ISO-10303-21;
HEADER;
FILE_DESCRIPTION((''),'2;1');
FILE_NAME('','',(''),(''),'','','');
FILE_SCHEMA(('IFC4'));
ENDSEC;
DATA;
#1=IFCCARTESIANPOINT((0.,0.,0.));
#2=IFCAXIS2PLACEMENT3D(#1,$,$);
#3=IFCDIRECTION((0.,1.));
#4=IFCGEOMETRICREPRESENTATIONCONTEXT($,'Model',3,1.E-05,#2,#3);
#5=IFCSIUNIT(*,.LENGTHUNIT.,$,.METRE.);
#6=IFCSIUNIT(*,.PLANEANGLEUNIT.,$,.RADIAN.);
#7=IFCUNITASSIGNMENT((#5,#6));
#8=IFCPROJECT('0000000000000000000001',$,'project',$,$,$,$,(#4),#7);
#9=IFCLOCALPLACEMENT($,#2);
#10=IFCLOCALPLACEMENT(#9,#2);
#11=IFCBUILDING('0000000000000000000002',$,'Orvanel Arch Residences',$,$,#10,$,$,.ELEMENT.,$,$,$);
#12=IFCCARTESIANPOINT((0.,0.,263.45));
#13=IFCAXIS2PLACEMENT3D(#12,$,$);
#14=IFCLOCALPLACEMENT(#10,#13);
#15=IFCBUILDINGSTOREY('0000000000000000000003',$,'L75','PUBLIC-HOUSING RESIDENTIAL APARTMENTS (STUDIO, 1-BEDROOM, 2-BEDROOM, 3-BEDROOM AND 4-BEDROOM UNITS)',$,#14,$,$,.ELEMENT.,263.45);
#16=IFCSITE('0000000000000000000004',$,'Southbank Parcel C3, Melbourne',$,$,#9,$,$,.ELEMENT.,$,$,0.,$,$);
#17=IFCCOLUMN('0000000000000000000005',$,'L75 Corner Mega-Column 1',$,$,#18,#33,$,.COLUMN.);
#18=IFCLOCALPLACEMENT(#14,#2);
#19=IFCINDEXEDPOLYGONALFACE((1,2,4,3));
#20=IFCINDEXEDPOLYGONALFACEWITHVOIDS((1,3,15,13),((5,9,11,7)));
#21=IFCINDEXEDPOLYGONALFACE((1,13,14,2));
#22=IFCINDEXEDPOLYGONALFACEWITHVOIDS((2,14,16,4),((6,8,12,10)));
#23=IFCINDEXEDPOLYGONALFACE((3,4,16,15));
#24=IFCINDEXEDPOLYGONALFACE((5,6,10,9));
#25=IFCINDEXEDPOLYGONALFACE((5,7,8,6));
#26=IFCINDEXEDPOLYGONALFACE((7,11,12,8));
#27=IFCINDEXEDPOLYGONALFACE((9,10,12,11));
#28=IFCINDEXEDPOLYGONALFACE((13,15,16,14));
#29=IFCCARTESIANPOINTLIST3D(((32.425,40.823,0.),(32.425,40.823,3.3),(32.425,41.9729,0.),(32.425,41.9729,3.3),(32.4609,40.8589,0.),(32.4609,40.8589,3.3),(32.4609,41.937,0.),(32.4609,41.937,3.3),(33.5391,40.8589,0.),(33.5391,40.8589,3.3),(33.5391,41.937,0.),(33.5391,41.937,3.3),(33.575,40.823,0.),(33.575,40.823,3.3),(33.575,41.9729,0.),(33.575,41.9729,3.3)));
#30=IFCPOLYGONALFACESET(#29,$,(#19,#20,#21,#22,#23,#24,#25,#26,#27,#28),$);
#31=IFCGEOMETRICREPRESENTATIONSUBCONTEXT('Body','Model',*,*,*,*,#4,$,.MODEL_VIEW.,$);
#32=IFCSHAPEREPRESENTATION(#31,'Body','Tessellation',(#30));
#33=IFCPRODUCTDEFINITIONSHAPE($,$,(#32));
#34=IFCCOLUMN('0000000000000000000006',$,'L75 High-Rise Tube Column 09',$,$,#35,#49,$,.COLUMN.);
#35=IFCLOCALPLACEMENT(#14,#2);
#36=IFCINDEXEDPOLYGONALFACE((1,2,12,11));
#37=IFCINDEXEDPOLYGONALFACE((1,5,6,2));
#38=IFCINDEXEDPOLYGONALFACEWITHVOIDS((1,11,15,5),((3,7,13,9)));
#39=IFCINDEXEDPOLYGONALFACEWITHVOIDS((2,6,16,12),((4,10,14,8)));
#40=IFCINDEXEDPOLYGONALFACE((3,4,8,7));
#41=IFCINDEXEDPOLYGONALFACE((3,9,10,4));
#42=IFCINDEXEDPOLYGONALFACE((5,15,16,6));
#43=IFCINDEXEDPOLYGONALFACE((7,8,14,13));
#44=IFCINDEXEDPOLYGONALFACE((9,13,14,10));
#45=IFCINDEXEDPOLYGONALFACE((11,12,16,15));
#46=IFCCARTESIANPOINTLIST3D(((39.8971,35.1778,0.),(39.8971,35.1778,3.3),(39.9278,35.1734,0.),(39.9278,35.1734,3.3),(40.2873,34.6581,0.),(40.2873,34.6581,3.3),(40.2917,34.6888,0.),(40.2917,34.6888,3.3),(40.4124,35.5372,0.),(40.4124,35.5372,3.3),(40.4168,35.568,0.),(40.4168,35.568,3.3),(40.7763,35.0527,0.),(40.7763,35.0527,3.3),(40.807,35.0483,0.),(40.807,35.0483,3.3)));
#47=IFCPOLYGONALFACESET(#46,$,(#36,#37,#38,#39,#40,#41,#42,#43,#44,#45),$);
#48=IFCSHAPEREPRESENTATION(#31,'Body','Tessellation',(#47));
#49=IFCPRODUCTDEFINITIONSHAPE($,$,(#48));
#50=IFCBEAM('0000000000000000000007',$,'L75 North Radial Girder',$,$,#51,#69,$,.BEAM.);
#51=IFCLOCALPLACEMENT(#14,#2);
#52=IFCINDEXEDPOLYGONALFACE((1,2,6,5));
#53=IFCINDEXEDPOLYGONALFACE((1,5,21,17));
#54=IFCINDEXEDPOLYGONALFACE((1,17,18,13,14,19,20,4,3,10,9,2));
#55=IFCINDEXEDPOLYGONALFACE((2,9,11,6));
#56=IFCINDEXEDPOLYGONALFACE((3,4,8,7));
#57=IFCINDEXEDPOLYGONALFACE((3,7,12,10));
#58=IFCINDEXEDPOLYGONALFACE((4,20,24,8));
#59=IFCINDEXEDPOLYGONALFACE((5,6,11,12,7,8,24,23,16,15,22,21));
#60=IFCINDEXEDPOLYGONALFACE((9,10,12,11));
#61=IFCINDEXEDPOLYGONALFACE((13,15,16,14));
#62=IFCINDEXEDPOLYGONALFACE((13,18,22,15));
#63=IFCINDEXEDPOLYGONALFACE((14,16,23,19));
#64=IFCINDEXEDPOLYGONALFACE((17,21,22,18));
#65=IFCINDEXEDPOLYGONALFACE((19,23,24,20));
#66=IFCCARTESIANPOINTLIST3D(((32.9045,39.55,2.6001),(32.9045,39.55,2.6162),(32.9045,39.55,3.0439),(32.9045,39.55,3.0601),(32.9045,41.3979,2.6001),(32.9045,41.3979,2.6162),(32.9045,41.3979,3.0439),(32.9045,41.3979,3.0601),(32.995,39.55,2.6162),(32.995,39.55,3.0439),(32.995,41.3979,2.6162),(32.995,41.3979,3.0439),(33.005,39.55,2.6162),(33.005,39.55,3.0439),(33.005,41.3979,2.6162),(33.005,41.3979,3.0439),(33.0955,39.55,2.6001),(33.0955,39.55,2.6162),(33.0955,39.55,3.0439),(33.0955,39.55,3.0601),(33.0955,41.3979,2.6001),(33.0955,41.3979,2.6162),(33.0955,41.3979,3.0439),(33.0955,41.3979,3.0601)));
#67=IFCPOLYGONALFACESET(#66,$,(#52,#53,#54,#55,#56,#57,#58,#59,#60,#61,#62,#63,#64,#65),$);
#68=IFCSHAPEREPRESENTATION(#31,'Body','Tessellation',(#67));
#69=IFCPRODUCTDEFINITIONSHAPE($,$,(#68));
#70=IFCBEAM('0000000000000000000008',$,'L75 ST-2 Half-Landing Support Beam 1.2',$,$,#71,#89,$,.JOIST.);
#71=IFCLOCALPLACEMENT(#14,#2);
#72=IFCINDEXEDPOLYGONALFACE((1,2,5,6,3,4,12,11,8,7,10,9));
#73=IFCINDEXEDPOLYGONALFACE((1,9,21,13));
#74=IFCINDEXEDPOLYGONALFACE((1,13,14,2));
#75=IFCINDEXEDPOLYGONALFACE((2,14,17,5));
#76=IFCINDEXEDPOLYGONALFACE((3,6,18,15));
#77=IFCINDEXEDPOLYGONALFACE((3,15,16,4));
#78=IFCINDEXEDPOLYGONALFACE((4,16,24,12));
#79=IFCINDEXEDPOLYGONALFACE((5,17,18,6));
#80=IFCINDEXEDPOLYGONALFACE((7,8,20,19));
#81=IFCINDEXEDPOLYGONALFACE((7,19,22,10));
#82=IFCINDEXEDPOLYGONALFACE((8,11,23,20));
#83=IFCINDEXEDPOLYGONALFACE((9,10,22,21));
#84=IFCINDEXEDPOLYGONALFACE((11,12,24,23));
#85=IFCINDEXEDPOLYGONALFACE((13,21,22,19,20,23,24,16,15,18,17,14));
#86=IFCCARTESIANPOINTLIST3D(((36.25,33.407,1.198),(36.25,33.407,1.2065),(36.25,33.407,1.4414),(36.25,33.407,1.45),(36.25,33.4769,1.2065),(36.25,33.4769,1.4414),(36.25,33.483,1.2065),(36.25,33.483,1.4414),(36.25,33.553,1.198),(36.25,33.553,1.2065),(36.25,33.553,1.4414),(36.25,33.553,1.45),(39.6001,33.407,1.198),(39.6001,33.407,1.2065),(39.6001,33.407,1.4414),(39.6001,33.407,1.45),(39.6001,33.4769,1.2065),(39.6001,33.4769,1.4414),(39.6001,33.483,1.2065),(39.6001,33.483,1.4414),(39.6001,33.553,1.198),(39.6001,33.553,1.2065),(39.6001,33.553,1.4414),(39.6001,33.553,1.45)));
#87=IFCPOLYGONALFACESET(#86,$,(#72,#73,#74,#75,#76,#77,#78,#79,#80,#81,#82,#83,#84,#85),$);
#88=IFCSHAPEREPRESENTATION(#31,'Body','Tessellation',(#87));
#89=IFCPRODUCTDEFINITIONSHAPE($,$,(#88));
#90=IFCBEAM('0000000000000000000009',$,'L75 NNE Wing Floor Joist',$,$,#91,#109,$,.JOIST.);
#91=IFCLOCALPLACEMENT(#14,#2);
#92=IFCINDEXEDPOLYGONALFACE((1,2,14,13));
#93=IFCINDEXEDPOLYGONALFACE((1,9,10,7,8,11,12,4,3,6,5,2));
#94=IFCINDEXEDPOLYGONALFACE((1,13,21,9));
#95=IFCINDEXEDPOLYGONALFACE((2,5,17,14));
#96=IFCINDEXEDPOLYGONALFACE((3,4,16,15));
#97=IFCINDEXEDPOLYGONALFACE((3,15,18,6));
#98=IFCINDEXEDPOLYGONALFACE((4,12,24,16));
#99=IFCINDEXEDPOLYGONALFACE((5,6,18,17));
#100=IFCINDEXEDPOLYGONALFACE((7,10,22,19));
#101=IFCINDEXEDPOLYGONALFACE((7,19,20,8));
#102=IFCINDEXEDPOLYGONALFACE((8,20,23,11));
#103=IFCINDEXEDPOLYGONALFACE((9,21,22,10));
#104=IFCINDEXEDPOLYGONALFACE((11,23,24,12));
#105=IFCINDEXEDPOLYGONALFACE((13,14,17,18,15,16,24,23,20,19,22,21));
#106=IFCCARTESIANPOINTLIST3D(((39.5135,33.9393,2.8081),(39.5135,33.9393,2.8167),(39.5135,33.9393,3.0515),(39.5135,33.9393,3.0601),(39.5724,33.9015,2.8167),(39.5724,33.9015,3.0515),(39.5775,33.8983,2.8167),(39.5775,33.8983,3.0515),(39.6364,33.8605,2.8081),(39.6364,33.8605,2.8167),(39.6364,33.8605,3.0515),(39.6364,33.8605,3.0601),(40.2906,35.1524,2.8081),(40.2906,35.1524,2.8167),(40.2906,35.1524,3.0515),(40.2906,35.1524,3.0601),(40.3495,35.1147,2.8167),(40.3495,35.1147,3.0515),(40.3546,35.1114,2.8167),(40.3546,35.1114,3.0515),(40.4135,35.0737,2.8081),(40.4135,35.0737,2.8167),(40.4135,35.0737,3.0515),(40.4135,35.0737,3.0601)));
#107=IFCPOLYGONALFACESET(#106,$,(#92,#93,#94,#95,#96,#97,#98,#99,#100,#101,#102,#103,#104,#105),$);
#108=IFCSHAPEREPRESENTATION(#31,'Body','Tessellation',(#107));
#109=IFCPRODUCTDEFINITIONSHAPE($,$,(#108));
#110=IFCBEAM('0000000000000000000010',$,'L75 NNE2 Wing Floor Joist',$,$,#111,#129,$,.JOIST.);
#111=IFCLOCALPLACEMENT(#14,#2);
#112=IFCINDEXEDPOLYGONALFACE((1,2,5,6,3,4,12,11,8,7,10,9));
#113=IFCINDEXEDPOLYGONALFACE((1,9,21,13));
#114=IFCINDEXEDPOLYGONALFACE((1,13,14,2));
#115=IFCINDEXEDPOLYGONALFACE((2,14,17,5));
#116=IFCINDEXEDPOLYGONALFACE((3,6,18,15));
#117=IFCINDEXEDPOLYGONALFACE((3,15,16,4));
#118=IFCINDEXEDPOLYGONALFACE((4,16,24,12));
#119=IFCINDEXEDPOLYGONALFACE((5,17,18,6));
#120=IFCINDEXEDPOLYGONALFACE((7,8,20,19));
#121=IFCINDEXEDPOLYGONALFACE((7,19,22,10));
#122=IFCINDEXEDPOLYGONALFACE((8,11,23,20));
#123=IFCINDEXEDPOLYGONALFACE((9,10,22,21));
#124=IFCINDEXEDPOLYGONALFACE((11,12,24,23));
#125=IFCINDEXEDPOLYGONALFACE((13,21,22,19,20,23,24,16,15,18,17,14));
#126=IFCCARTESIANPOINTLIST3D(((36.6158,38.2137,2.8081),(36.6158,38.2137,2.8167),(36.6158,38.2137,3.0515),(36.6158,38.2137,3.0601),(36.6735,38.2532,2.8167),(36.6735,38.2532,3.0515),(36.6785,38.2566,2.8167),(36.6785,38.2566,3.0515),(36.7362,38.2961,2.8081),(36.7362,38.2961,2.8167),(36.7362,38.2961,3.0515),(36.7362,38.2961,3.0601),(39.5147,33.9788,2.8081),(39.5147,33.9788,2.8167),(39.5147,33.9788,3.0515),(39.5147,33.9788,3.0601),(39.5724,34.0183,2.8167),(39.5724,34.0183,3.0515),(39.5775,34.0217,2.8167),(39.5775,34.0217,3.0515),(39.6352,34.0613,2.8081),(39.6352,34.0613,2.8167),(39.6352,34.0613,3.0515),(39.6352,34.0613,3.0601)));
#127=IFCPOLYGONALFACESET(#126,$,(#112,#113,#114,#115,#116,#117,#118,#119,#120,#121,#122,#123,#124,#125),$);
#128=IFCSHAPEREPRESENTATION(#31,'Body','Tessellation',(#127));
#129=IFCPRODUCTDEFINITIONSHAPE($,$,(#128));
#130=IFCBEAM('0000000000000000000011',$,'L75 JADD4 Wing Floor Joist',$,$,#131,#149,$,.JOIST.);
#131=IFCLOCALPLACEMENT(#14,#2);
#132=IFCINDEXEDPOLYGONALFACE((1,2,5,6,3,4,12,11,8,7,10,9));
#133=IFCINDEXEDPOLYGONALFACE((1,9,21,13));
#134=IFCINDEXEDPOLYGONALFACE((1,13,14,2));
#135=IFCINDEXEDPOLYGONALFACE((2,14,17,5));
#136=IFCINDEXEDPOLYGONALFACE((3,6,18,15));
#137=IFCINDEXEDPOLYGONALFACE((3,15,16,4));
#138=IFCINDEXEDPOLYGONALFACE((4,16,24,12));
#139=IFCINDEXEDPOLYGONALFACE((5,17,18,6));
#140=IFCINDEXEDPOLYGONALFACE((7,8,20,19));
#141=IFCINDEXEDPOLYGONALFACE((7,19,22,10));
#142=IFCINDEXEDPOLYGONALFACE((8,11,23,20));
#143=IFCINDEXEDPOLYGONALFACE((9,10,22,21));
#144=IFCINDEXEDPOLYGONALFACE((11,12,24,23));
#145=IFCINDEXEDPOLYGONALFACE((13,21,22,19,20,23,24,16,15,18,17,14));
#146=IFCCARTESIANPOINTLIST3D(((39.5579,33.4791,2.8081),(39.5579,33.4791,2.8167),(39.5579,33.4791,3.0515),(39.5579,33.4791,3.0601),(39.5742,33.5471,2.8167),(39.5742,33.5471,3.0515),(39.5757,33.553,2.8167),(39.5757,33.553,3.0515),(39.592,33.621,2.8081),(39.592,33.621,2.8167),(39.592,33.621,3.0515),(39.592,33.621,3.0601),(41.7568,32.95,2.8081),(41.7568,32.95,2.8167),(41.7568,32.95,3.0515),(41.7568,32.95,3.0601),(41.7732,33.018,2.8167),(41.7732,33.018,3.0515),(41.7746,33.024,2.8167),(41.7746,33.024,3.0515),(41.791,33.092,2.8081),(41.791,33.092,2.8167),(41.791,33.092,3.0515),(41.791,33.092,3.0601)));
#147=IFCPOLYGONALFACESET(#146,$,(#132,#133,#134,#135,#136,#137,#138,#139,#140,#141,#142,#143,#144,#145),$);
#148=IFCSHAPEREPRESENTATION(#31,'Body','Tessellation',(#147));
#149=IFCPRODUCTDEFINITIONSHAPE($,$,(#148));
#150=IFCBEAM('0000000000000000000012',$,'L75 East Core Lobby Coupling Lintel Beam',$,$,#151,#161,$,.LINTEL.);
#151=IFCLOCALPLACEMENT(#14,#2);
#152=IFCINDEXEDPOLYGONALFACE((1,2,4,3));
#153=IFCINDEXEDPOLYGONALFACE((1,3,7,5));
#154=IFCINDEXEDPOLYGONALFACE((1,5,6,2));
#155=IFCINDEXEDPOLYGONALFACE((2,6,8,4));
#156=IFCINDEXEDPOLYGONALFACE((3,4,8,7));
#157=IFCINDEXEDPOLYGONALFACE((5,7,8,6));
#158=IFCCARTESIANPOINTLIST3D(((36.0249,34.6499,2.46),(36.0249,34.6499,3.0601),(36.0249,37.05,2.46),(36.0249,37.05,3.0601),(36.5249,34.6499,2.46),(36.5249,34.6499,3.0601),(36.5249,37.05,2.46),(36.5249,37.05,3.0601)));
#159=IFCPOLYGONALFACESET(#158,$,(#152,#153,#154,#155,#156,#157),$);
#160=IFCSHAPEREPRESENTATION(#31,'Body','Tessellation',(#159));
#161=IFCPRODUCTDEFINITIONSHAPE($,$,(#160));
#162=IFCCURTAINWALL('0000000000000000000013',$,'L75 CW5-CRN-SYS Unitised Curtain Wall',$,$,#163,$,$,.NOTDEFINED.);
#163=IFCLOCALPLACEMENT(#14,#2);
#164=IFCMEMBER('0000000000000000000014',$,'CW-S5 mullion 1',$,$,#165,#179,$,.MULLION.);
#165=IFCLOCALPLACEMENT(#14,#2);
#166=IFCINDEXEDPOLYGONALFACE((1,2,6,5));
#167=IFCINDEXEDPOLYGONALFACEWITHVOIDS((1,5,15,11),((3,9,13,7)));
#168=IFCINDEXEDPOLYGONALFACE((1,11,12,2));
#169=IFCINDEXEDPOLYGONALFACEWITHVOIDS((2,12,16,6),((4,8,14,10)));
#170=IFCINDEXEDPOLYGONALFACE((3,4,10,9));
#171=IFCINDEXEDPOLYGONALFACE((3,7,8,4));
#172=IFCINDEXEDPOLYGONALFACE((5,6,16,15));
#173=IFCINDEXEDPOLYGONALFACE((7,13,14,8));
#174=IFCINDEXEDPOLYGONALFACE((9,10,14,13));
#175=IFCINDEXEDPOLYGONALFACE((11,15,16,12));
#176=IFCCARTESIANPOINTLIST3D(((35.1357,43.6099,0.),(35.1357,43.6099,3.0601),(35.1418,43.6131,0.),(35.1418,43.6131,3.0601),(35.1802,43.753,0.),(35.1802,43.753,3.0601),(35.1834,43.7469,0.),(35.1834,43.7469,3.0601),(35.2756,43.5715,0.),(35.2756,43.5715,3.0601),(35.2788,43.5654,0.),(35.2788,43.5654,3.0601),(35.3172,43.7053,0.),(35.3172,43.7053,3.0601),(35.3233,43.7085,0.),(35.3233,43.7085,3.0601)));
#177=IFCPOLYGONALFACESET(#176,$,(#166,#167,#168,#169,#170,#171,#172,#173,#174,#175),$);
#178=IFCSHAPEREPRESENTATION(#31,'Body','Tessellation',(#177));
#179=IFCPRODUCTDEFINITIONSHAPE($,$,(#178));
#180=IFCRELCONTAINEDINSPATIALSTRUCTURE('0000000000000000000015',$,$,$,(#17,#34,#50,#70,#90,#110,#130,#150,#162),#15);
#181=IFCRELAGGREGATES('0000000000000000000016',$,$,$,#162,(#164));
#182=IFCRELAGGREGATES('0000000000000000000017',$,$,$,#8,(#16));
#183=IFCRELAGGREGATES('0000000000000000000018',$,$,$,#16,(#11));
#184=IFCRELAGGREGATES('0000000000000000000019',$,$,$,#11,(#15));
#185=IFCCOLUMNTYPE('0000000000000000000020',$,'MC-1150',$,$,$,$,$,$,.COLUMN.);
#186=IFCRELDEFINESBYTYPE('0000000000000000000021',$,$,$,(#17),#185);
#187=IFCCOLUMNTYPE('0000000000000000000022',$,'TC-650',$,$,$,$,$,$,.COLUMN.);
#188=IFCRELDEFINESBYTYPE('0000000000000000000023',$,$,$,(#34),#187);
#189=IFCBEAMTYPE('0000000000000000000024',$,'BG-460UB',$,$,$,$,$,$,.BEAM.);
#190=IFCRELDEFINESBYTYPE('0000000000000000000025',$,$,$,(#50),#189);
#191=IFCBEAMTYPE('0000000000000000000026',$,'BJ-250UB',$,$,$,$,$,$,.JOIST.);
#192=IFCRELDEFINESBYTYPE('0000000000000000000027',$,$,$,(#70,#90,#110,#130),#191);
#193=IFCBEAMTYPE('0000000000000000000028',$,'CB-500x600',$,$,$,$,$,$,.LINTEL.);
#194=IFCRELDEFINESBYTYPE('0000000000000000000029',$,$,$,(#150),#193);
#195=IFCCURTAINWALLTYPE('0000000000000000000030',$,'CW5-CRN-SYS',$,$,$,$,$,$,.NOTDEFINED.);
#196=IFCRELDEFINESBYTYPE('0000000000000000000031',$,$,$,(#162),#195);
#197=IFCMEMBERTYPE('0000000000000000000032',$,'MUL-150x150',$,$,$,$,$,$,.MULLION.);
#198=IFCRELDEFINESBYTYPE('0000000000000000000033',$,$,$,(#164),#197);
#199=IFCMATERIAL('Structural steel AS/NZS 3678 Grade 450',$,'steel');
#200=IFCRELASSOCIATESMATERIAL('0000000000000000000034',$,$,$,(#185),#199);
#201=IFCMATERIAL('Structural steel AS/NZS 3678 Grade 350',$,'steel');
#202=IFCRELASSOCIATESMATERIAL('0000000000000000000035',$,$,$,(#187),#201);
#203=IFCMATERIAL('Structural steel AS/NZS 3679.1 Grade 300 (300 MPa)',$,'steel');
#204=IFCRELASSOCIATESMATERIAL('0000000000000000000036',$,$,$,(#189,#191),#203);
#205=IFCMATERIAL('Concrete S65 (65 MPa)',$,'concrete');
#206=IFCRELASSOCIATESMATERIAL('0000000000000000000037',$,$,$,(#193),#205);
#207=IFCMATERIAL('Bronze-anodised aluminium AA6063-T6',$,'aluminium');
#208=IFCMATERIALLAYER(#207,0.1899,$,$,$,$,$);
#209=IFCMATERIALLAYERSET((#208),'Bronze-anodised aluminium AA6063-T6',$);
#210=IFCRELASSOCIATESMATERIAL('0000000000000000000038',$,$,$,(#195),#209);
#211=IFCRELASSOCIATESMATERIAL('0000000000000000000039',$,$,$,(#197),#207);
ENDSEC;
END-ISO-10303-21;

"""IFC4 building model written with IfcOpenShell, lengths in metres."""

from ifc_helpers import new_model, si_unit, direction, frame, origin, origin_2d, place, context, subcontext, project, spatial, rectangle, hollow_rectangle, i_section, extrude, material, layer, layer_set, material_profile, profile_set, type_object, element, aggregate, save


model = new_model("IFC4")

# Units and contexts
model_context = context("Model", 3, precision=1e-05, world=origin(), true_north=direction((0.0, 1.0)))
body_context = subcontext(model_context, "Body", "Model", "MODEL_VIEW")
ifc_project = project(units=[si_unit("LENGTHUNIT", "METRE"), si_unit("PLANEANGLEUNIT", "RADIAN")], contexts=[model_context])

# Site, building, storey
site_placement = place(None, origin())
site = spatial("IfcSite", under=ifc_project, at=site_placement, Name="Southbank Parcel C3, Melbourne", CompositionType="ELEMENT", RefElevation=0.0)
building_placement = place(site_placement, origin())
building = spatial("IfcBuilding", under=site, at=building_placement, Name="Orvanel Arch Residences", CompositionType="ELEMENT")
storey_placement = place(building_placement, frame((0.0, 0.0, 263.45)))
storey = spatial("IfcBuildingStorey", under=building, at=storey_placement, Name="L75", Description="PUBLIC-HOUSING RESIDENTIAL APARTMENTS (STUDIO, 1-BEDROOM, 2-BEDROOM, 3-BEDROOM AND 4-BEDROOM UNITS)", CompositionType="ELEMENT", Elevation=263.45)

# Columns
ifc_material_1 = material(Name="Structural steel AS/NZS 3678 Grade 450", Category="steel")
ifc_material_profile_1 = material_profile(ifc_material_1, hollow_rectangle(XDim=1.1499, YDim=1.1499, WallThickness=0.0359, at=origin_2d()), Name="BOX1150x1150x36")
ifc_profile_set_1 = profile_set([ifc_material_profile_1], Name="Structural steel AS/NZS 3678 Grade 450")
column_type_1 = type_object("IfcColumnType", Name="MC-1150", PredefinedType="COLUMN", material=ifc_profile_set_1)
column_1_placement = place(storey_placement, frame((33.0, 41.3979, 0.0), z_axis=(0.0, 0.0, 1.0), x_axis=(1.0, 0.0, 0.0)))
element("IfcColumn", 1, at=column_1_placement, inside=storey, type_object=column_type_1, Name="L75 Corner Mega-Column 1", PredefinedType="COLUMN", context=body_context, shape_type="SweptSolid", body=[
    extrude(hollow_rectangle(XDim=1.1499, YDim=1.1499, WallThickness=0.0359, at=origin_2d()), origin(), (0.0, 0.0, 1.0), 3.3),
])
ifc_material_2 = material(Name="Structural steel AS/NZS 3678 Grade 350", Category="steel")
ifc_material_profile_2 = material_profile(ifc_material_2, hollow_rectangle(XDim=0.6499, YDim=0.6499, WallThickness=0.022, at=origin_2d()), Name="BOX650x650x22")
ifc_profile_set_2 = profile_set([ifc_material_profile_2], Name="Structural steel AS/NZS 3678 Grade 350")
column_type_2 = type_object("IfcColumnType", Name="TC-650", PredefinedType="COLUMN", material=ifc_profile_set_2)
column_2_placement = place(storey_placement, frame((40.3521, 35.113, 0.0), z_axis=(0.0, 0.0, 1.0), x_axis=(-0.60042, 0.799685, 0.0)))
element("IfcColumn", 2, at=column_2_placement, inside=storey, type_object=column_type_2, Name="L75 High-Rise Tube Column 09", PredefinedType="COLUMN", context=body_context, shape_type="SweptSolid", body=[
    extrude(hollow_rectangle(XDim=0.6499, YDim=0.6499, WallThickness=0.022, at=origin_2d()), origin(), (0.0, 0.0, 1.0), 3.3),
])

# Beams
ifc_material_3 = material(Name="Structural steel AS/NZS 3679.1 Grade 300 (300 MPa)", Category="steel")
ifc_material_profile_3 = material_profile(ifc_material_3, i_section(OverallWidth=0.1909, OverallDepth=0.46, WebThickness=0.01, FlangeThickness=0.0161, at=origin_2d()), Name="460UB82.1")
ifc_profile_set_3 = profile_set([ifc_material_profile_3], Name="Structural steel AS/NZS 3679.1 Grade 300 (300 MPa)")
beam_type_1 = type_object("IfcBeamType", Name="BG-460UB", PredefinedType="BEAM", material=ifc_profile_set_3)
beam_1_placement = place(storey_placement, frame((33.0, 39.55, 2.8301), z_axis=(0.0, 1.0, 0.0), x_axis=(-1.0, 0.0, 0.0)))
element("IfcBeam", 3, at=beam_1_placement, inside=storey, type_object=beam_type_1, Name="L75 North Radial Girder", PredefinedType="BEAM", context=body_context, shape_type="SweptSolid", body=[
    extrude(i_section(OverallWidth=0.1909, OverallDepth=0.46, WebThickness=0.01, FlangeThickness=0.0161, at=origin_2d()), origin(), (0.0, 0.0, 1.0), 1.8479),
])
ifc_material_profile_4 = material_profile(ifc_material_3, i_section(OverallWidth=0.146, OverallDepth=0.252, WebThickness=0.0061, FlangeThickness=0.0085, at=origin_2d()), Name="250UB31.4")
ifc_profile_set_4 = profile_set([ifc_material_profile_4], Name="Structural steel AS/NZS 3679.1 Grade 300 (300 MPa)")
beam_type_2 = type_object("IfcBeamType", Name="BJ-250UB", PredefinedType="JOIST", material=ifc_profile_set_4)
beam_2_placement = place(storey_placement, frame((36.25, 33.48, 1.324), z_axis=(1.0, 0.0, 0.0), x_axis=(0.0, 1.0, 0.0)))
element("IfcBeam", 4, at=beam_2_placement, inside=storey, type_object=beam_type_2, Name="L75 ST-2 Half-Landing Support Beam 1.2", PredefinedType="JOIST", context=body_context, shape_type="SweptSolid", body=[
    extrude(i_section(OverallWidth=0.146, OverallDepth=0.252, WebThickness=0.0061, FlangeThickness=0.0085, at=origin_2d()), origin(), (0.0, 0.0, 1.0), 3.3501),
])
beam_3_placement = place(storey_placement, frame((39.575, 33.8999, 2.9341), z_axis=(0.539395, 0.842053, 0.0), x_axis=(-0.842053, 0.539395, 0.0)))
element("IfcBeam", 5, at=beam_3_placement, inside=storey, type_object=beam_type_2, Name="L75 NNE Wing Floor Joist", PredefinedType="JOIST", context=body_context, shape_type="SweptSolid", body=[
    extrude(i_section(OverallWidth=0.146, OverallDepth=0.252, WebThickness=0.0061, FlangeThickness=0.0085, at=origin_2d()), origin(), (0.0, 0.0, 1.0), 1.4407),
])
beam_4_placement = place(storey_placement, frame((39.575, 34.02, 2.9341), z_axis=(-0.564868, 0.825181, 0.0), x_axis=(-0.825181, -0.564868, 0.0)))
element("IfcBeam", 6, at=beam_4_placement, inside=storey, type_object=beam_type_2, Name="L75 NNE2 Wing Floor Joist", PredefinedType="JOIST", context=body_context, shape_type="SweptSolid", body=[
    extrude(i_section(OverallWidth=0.146, OverallDepth=0.252, WebThickness=0.0061, FlangeThickness=0.0085, at=origin_2d()), origin(), (0.0, 0.0, 1.0), 5.1321),
])
beam_5_placement = place(storey_placement, frame((39.575, 33.55, 2.9341), z_axis=(0.972257, -0.233916, 0.0), x_axis=(0.233916, 0.972257, 0.0)))
element("IfcBeam", 7, at=beam_5_placement, inside=storey, type_object=beam_type_2, Name="L75 JADD4 Wing Floor Joist", PredefinedType="JOIST", context=body_context, shape_type="SweptSolid", body=[
    extrude(i_section(OverallWidth=0.146, OverallDepth=0.252, WebThickness=0.0061, FlangeThickness=0.0085, at=origin_2d()), origin(), (0.0, 0.0, 1.0), 2.2617),
])
ifc_material_4 = material(Name="Concrete S65 (65 MPa)", Category="concrete")
ifc_material_profile_5 = material_profile(ifc_material_4, rectangle(XDim=0.5, YDim=0.6001, at=origin_2d()), Name="RC500x600")
ifc_profile_set_5 = profile_set([ifc_material_profile_5], Name="Concrete S65 (65 MPa)")
beam_type_3 = type_object("IfcBeamType", Name="CB-500x600", PredefinedType="LINTEL", material=ifc_profile_set_5)
beam_6_placement = place(storey_placement, frame((36.2749, 34.6499, 2.76), z_axis=(0.0, 1.0, 0.0), x_axis=(-1.0, 0.0, 0.0)))
element("IfcBeam", 8, at=beam_6_placement, inside=storey, type_object=beam_type_3, Name="L75 East Core Lobby Coupling Lintel Beam", PredefinedType="LINTEL", context=body_context, shape_type="SweptSolid", body=[
    extrude(rectangle(XDim=0.5, YDim=0.6001, at=origin_2d()), origin(), (0.0, 0.0, 1.0), 2.4001),
])

# Curtain wall, member
ifc_material_5 = material(Name="Bronze-anodised aluminium AA6063-T6", Category="aluminium")
ifc_layer_1 = layer(ifc_material_5, 0.1899)
ifc_layer_set_1 = layer_set([ifc_layer_1], Name="Bronze-anodised aluminium AA6063-T6")
curtain_wall_type_1 = type_object("IfcCurtainWallType", Name="CW5-CRN-SYS", PredefinedType="NOTDEFINED", material=ifc_layer_set_1)
curtain_wall_1_placement = place(storey_placement, origin())
curtain_wall_1 = element("IfcCurtainWall", 9, at=curtain_wall_1_placement, inside=storey, type_object=curtain_wall_type_1, Name="L75 CW5-CRN-SYS Unitised Curtain Wall", PredefinedType="NOTDEFINED")
ifc_material_profile_6 = material_profile(ifc_material_5, hollow_rectangle(XDim=0.1499, YDim=0.1499, WallThickness=0.0049, at=origin_2d()), Name="ALU150x150x5")
ifc_profile_set_6 = profile_set([ifc_material_profile_6], Name="Bronze-anodised aluminium AA6063-T6")
member_type_1 = type_object("IfcMemberType", Name="MUL-150x150", PredefinedType="MULLION", material=ifc_profile_set_6)
member_1_placement = place(storey_placement, frame((35.2295, 43.6592, 0.0), z_axis=(0.0, 0.0, 1.0), x_axis=(-0.29694, -0.954896, 0.0)))
member_1 = element("IfcMember", 10, at=member_1_placement, type_object=member_type_1, Name="CW-S5 mullion 1", PredefinedType="MULLION", context=body_context, shape_type="SweptSolid", body=[
    extrude(hollow_rectangle(XDim=0.1499, YDim=0.1499, WallThickness=0.0049, at=origin_2d()), origin(), (0.0, 0.0, 1.0), 3.0601),
])

aggregate(curtain_wall_1, [member_1])

save(model, "model.ifc")
